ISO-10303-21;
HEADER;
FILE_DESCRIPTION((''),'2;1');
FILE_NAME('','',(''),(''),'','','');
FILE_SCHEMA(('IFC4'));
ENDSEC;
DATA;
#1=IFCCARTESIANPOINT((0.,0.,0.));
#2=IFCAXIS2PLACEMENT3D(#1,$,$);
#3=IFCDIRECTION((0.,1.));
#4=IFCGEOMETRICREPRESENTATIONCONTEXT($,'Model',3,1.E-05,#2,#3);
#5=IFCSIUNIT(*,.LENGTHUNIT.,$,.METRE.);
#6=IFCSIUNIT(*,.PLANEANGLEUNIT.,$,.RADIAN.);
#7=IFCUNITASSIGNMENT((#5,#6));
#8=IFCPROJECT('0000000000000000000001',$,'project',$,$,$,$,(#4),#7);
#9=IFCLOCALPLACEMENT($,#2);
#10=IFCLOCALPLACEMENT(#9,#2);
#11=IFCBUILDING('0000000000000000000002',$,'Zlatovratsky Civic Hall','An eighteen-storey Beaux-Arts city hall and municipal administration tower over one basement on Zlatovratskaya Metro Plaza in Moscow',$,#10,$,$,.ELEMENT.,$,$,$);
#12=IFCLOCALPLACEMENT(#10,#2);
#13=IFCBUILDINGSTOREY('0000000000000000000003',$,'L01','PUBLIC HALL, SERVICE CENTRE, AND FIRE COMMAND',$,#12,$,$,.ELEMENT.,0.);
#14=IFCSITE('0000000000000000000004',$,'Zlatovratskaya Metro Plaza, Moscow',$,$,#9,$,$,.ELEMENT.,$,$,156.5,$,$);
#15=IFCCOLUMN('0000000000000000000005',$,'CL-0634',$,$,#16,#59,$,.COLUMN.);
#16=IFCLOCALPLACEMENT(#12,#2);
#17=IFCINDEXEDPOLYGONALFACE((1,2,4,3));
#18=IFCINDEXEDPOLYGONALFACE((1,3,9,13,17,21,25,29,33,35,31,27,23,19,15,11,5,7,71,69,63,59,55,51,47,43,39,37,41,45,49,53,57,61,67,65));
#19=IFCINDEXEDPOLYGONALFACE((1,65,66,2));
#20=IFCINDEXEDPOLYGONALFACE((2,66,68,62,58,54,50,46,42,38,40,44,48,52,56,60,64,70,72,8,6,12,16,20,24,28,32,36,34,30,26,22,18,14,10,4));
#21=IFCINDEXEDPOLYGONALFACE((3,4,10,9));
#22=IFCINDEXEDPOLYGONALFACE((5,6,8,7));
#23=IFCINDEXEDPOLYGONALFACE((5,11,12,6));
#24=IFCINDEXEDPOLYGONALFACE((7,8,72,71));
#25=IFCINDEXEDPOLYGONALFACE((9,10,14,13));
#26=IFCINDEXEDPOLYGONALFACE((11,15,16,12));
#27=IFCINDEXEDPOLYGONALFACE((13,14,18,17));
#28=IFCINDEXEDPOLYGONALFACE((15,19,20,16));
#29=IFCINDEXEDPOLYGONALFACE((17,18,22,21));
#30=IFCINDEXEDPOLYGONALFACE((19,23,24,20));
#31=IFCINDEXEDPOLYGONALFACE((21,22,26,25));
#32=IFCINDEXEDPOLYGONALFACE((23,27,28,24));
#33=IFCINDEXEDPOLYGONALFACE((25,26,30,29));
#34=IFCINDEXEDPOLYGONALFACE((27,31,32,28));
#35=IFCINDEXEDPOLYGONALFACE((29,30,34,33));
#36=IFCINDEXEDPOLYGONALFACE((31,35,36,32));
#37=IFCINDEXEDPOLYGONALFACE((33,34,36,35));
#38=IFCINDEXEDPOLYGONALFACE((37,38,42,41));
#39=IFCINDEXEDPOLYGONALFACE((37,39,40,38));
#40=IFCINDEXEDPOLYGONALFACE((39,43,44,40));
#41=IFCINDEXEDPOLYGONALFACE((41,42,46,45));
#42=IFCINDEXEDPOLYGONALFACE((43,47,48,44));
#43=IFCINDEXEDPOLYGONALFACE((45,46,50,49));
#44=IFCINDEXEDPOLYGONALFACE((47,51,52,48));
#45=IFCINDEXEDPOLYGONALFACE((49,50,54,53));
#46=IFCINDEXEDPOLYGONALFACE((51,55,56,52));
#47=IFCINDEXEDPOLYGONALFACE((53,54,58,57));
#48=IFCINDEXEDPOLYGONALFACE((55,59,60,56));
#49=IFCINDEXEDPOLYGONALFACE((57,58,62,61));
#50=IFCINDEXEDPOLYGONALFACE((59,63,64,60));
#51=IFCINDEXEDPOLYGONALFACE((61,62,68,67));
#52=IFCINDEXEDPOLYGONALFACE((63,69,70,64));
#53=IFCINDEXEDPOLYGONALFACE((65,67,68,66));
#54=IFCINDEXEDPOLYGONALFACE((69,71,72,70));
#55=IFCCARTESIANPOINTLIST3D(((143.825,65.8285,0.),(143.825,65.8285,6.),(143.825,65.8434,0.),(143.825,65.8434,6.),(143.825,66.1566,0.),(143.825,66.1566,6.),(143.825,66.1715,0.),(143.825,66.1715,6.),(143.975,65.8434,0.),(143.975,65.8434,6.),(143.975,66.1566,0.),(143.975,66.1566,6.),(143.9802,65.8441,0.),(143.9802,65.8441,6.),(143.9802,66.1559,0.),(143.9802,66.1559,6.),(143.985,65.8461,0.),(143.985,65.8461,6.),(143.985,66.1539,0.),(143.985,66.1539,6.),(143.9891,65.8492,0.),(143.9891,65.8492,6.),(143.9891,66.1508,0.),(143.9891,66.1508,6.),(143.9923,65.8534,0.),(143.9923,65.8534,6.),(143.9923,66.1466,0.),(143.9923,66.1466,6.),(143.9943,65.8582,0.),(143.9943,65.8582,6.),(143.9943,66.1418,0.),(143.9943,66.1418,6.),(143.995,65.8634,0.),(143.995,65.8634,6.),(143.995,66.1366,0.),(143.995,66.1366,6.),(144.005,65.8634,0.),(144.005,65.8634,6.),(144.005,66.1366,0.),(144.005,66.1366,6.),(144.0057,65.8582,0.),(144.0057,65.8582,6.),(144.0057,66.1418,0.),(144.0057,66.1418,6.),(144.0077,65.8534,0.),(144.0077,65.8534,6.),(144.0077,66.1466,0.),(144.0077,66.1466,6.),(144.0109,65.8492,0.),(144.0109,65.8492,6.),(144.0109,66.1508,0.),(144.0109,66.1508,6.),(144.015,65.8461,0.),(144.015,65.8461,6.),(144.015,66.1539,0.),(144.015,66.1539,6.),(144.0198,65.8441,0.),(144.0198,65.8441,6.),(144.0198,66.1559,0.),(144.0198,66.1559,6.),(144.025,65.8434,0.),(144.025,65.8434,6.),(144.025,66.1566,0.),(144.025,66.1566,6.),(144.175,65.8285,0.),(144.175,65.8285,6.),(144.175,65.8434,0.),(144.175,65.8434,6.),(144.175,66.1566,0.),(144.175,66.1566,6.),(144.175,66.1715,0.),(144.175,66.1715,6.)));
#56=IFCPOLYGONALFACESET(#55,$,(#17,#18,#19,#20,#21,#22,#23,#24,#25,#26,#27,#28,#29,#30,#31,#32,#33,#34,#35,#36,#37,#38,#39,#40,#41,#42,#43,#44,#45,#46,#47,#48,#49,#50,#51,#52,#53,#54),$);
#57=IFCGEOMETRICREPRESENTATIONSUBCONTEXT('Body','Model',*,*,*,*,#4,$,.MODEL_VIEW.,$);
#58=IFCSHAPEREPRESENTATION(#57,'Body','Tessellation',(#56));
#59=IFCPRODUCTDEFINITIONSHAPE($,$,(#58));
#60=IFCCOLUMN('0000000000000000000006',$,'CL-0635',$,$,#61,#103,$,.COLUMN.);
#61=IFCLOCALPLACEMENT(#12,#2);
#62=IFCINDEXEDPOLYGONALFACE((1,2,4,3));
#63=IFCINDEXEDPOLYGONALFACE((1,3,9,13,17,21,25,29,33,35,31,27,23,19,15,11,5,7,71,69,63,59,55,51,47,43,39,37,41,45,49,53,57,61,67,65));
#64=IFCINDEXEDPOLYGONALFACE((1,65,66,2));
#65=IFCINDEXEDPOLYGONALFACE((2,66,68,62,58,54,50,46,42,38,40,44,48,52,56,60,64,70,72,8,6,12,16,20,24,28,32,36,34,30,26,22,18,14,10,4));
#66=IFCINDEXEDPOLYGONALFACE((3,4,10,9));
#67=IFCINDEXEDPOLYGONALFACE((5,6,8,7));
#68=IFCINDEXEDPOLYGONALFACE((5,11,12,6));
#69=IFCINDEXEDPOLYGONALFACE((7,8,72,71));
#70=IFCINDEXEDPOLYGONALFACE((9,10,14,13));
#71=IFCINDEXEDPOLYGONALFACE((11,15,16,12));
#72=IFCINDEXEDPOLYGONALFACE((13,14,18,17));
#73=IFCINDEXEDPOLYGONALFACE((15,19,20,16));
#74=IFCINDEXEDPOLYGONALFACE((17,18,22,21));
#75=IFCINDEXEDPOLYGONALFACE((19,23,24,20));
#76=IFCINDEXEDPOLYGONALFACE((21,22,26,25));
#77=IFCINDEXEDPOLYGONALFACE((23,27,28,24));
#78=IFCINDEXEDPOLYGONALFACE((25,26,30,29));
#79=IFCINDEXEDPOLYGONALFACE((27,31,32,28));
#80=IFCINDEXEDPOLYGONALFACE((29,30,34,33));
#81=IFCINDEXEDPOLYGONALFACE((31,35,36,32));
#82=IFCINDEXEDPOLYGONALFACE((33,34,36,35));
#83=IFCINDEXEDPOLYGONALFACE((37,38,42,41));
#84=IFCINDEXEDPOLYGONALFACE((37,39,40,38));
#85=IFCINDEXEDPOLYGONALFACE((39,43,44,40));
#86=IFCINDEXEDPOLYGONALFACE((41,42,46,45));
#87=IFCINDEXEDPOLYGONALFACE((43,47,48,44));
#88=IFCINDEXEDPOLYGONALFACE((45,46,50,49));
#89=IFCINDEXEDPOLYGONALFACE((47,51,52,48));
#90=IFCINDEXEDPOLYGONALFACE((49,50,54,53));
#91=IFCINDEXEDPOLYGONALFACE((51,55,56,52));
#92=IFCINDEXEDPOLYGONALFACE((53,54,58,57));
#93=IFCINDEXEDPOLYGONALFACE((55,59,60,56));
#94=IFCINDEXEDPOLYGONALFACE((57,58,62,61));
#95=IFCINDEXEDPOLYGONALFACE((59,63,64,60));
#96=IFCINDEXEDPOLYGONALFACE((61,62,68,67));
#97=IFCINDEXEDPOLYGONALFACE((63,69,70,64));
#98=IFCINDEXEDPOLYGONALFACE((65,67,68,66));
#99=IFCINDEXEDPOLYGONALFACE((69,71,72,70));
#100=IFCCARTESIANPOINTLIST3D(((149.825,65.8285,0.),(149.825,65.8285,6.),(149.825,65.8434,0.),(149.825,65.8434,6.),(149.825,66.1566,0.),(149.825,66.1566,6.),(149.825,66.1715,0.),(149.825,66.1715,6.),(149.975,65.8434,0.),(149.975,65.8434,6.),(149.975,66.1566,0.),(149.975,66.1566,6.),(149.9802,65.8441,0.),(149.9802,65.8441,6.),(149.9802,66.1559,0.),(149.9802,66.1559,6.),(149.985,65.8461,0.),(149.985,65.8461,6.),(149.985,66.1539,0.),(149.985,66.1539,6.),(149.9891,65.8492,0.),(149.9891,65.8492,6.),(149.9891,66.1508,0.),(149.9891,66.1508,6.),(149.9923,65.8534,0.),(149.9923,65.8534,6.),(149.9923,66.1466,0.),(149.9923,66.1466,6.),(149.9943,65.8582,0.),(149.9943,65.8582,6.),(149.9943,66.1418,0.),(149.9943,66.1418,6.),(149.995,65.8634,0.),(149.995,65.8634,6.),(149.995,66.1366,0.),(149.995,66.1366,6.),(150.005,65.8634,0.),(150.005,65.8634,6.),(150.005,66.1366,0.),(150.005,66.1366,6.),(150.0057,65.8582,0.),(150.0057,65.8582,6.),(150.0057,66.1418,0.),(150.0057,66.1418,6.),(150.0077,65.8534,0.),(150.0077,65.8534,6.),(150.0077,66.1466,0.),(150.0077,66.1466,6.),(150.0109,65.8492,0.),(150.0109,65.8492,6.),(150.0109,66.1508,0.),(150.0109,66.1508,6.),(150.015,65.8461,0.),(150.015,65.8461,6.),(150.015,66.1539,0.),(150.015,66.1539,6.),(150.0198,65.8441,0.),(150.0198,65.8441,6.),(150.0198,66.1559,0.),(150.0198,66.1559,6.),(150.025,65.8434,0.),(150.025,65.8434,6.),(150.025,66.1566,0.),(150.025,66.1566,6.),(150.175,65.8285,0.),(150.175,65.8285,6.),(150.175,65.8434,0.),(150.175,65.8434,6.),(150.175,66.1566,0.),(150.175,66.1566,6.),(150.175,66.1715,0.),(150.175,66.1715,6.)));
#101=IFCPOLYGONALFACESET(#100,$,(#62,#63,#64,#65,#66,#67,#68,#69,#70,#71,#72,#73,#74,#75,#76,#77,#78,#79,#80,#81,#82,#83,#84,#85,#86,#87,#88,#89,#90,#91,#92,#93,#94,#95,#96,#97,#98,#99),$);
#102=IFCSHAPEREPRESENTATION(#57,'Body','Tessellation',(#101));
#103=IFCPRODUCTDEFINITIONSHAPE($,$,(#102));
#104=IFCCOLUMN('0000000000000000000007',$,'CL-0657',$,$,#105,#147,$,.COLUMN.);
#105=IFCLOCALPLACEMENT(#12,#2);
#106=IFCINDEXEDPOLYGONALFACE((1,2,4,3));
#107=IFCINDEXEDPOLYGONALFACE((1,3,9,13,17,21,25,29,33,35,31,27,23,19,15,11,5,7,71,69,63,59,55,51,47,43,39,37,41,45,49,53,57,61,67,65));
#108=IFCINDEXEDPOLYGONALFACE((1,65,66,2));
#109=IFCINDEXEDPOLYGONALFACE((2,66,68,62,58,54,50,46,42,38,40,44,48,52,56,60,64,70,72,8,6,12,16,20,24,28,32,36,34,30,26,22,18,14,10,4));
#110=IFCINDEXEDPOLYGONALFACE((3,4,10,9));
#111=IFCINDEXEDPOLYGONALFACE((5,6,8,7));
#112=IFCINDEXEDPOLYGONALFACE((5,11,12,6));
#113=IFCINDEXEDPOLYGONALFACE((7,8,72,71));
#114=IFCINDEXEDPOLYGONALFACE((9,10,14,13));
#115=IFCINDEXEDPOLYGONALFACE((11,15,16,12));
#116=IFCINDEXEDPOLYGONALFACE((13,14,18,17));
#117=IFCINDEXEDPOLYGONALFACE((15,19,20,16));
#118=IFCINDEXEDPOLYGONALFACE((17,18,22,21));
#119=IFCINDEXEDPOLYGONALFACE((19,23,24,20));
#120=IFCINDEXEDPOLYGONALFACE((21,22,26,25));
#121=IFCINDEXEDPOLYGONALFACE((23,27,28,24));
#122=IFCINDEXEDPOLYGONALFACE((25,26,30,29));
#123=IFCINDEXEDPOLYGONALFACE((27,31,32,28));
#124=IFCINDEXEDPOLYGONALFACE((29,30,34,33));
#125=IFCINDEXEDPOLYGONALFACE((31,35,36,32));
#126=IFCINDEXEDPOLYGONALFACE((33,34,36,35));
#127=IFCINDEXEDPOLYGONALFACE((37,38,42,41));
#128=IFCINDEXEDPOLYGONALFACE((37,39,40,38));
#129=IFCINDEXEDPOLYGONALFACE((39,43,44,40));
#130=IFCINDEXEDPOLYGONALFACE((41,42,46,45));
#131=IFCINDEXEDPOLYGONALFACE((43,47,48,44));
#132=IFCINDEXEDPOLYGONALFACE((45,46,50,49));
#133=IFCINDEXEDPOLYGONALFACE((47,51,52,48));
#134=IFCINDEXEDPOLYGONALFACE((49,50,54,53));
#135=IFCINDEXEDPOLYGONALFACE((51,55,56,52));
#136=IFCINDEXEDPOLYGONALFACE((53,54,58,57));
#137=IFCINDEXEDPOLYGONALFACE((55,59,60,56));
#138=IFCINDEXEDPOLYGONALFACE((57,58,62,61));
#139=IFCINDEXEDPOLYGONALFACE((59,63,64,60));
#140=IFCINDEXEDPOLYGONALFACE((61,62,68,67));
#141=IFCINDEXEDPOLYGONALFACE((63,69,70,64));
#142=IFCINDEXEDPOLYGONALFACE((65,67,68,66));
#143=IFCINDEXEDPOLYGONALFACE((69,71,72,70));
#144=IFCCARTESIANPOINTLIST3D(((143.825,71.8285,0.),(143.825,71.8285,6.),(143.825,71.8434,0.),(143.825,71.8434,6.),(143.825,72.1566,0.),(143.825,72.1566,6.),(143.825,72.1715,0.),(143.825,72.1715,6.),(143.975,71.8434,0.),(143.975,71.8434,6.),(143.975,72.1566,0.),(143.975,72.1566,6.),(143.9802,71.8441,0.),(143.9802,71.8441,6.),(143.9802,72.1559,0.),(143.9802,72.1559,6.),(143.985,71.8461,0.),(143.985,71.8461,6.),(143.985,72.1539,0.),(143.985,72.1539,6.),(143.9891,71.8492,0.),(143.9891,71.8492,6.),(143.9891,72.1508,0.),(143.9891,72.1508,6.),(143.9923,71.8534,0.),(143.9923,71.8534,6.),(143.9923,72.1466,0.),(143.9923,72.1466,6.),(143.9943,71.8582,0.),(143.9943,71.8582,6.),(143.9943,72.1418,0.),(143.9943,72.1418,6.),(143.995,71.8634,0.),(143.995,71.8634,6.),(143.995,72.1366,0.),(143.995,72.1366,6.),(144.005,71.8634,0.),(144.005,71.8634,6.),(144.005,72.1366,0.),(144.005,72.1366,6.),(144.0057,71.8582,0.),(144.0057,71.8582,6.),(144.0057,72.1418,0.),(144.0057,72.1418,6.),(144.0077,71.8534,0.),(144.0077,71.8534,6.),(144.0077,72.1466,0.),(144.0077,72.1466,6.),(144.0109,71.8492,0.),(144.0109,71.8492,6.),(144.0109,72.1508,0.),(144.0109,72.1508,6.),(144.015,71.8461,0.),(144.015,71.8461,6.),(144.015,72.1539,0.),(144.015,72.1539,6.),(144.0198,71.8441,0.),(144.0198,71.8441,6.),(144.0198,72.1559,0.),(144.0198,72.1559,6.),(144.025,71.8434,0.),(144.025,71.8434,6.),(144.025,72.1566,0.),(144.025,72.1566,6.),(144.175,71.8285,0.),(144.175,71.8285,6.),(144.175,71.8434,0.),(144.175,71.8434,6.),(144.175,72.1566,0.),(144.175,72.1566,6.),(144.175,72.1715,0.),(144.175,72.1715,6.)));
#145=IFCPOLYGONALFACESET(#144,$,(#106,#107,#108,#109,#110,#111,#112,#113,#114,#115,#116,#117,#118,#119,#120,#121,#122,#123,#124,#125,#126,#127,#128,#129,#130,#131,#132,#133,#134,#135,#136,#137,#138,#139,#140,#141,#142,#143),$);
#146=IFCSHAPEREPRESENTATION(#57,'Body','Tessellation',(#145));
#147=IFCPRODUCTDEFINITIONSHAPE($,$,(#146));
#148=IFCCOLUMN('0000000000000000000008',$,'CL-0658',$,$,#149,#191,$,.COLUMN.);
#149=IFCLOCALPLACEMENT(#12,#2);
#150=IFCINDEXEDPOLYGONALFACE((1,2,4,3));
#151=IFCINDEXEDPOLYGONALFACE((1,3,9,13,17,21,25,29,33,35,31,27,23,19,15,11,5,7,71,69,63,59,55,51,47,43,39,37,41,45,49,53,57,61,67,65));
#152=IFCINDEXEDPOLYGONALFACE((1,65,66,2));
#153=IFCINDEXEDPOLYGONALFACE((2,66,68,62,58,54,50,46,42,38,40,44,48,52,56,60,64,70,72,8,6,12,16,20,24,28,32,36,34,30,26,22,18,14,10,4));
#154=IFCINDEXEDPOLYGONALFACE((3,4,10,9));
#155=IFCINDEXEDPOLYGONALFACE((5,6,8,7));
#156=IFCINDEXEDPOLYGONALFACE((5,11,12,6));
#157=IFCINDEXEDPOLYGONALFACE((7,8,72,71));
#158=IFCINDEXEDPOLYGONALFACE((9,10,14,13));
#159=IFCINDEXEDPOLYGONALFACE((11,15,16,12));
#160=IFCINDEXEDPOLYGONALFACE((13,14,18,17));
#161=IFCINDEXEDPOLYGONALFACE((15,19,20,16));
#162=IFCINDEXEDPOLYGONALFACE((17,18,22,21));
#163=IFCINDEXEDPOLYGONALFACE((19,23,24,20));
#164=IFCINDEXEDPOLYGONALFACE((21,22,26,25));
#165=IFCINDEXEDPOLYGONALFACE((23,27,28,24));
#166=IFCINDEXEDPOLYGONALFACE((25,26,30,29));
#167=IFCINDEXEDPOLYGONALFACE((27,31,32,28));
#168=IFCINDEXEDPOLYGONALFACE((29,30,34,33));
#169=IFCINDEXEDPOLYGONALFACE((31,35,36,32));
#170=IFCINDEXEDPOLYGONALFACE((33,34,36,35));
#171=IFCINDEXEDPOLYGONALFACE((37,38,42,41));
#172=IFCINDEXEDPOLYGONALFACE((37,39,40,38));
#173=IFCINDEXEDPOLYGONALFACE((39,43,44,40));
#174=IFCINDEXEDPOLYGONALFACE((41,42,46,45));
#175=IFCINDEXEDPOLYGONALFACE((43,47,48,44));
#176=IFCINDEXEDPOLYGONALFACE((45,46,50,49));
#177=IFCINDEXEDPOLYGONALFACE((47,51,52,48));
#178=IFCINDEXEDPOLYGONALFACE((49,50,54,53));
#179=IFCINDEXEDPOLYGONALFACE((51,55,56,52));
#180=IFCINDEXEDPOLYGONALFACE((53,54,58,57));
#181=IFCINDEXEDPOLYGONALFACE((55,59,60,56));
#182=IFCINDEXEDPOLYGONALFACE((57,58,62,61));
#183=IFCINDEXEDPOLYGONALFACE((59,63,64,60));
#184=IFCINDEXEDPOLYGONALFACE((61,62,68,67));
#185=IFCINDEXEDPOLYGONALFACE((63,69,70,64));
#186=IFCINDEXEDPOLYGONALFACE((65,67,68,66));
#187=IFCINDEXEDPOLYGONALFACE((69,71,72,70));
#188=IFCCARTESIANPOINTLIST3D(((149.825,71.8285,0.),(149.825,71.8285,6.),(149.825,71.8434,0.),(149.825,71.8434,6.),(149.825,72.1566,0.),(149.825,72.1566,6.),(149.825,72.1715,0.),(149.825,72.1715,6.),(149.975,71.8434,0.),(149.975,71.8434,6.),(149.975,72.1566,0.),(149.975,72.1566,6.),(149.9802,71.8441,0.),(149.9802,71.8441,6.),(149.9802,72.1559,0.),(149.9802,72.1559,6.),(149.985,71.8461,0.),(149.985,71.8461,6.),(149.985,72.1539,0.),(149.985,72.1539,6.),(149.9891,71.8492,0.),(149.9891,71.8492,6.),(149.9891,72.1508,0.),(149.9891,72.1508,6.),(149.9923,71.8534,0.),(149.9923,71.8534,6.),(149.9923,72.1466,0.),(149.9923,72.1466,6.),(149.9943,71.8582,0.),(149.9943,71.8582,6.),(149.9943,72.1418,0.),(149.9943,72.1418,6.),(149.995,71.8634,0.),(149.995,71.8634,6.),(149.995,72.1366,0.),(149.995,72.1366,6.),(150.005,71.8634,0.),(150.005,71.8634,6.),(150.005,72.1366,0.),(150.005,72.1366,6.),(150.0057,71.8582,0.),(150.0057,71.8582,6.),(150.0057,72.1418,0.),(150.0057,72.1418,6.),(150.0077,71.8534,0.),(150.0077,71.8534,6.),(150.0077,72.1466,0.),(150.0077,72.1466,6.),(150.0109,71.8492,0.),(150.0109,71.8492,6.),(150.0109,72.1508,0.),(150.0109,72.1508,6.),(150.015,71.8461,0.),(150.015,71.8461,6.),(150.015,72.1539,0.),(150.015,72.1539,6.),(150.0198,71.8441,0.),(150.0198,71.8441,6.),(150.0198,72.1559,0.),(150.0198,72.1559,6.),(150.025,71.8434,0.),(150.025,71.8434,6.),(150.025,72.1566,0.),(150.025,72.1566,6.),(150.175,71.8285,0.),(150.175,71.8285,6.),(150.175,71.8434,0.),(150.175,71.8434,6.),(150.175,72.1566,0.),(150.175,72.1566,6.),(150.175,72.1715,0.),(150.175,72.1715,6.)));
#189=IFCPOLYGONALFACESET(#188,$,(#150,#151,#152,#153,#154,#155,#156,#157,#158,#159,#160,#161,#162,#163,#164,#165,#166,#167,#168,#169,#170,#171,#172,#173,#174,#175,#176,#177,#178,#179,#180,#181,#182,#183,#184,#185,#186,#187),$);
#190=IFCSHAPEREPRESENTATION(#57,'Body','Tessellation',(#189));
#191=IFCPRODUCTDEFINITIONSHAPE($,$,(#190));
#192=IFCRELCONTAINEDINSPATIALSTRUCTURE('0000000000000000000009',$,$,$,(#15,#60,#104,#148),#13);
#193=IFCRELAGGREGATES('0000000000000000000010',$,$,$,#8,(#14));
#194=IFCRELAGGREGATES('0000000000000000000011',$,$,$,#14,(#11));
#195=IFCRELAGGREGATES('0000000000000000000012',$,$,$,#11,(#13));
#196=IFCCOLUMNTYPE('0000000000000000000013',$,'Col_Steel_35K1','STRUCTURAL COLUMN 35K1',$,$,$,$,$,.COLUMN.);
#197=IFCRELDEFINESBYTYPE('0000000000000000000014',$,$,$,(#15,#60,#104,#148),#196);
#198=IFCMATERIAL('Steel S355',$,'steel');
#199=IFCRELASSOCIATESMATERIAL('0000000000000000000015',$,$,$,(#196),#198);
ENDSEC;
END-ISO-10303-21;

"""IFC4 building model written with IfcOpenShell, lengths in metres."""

from ifc_helpers import new_model, si_unit, direction, frame, origin, origin_2d, place, context, subcontext, project, spatial, i_section, extrude, material, material_profile, profile_set, type_object, element, save


model = new_model("IFC4")

# Units and contexts
model_context = context("Model", 3, precision=1e-05, world=origin(), true_north=direction((0.0, 1.0)))
body_context = subcontext(model_context, "Body", "Model", "MODEL_VIEW")
ifc_project = project(units=[si_unit("LENGTHUNIT", "METRE"), si_unit("PLANEANGLEUNIT", "RADIAN")], contexts=[model_context])

# Site, building, storey
site_placement = place(None, origin())
site = spatial("IfcSite", under=ifc_project, at=site_placement, Name="Zlatovratskaya Metro Plaza, Moscow", CompositionType="ELEMENT", RefElevation=156.5)
building_placement = place(site_placement, origin())
building = spatial("IfcBuilding", under=site, at=building_placement, Name="Zlatovratsky Civic Hall", Description="An eighteen-storey Beaux-Arts city hall and municipal administration tower over one basement on Zlatovratskaya Metro Plaza in Moscow", CompositionType="ELEMENT")
storey_placement = place(building_placement, origin())
storey = spatial("IfcBuildingStorey", under=building, at=storey_placement, Name="L01", Description="PUBLIC HALL, SERVICE CENTRE, AND FIRE COMMAND", CompositionType="ELEMENT", Elevation=0.0)

# Columns
ifc_material_1 = material(Name="Steel S355", Category="steel")
ifc_material_profile_1 = material_profile(ifc_material_1, i_section(OverallWidth=0.3501, OverallDepth=0.343, WebThickness=0.01, FlangeThickness=0.0149, FilletRadius=0.02, at=origin_2d()), Name="35K1")
ifc_profile_set_1 = profile_set([ifc_material_profile_1], Name="Steel S355")
column_type = type_object("IfcColumnType", Name="Col_Steel_35K1", Description="STRUCTURAL COLUMN 35K1", PredefinedType="COLUMN", material=ifc_profile_set_1)
for number, where, z_axis, x_axis, name in (
    (1, (144.0, 66.0, 0.0), (0.0, 0.0, 1.0), (1.0, 0.0, 0.0), "CL-0634"),
    (2, (150.0, 66.0, 0.0), (0.0, 0.0, 1.0), (1.0, 0.0, 0.0), "CL-0635"),
    (3, (144.0, 72.0, 0.0), (0.0, 0.0, 1.0), (1.0, 0.0, 0.0), "CL-0657"),
    (4, (150.0, 72.0, 0.0), (0.0, 0.0, 1.0), (1.0, 0.0, 0.0), "CL-0658"),
):
    element("IfcColumn", number, at=place(storey_placement, frame(where, z_axis=z_axis, x_axis=x_axis)), inside=storey, type_object=column_type, Name=name, PredefinedType="COLUMN", context=body_context, shape_type="SweptSolid", body=[
        extrude(i_section(OverallWidth=0.3501, OverallDepth=0.343, WebThickness=0.01, FlangeThickness=0.0149, FilletRadius=0.02, at=origin_2d()), origin(), (0.0, 0.0, 1.0), 6.0),
    ])

save(model, "model.ifc")
